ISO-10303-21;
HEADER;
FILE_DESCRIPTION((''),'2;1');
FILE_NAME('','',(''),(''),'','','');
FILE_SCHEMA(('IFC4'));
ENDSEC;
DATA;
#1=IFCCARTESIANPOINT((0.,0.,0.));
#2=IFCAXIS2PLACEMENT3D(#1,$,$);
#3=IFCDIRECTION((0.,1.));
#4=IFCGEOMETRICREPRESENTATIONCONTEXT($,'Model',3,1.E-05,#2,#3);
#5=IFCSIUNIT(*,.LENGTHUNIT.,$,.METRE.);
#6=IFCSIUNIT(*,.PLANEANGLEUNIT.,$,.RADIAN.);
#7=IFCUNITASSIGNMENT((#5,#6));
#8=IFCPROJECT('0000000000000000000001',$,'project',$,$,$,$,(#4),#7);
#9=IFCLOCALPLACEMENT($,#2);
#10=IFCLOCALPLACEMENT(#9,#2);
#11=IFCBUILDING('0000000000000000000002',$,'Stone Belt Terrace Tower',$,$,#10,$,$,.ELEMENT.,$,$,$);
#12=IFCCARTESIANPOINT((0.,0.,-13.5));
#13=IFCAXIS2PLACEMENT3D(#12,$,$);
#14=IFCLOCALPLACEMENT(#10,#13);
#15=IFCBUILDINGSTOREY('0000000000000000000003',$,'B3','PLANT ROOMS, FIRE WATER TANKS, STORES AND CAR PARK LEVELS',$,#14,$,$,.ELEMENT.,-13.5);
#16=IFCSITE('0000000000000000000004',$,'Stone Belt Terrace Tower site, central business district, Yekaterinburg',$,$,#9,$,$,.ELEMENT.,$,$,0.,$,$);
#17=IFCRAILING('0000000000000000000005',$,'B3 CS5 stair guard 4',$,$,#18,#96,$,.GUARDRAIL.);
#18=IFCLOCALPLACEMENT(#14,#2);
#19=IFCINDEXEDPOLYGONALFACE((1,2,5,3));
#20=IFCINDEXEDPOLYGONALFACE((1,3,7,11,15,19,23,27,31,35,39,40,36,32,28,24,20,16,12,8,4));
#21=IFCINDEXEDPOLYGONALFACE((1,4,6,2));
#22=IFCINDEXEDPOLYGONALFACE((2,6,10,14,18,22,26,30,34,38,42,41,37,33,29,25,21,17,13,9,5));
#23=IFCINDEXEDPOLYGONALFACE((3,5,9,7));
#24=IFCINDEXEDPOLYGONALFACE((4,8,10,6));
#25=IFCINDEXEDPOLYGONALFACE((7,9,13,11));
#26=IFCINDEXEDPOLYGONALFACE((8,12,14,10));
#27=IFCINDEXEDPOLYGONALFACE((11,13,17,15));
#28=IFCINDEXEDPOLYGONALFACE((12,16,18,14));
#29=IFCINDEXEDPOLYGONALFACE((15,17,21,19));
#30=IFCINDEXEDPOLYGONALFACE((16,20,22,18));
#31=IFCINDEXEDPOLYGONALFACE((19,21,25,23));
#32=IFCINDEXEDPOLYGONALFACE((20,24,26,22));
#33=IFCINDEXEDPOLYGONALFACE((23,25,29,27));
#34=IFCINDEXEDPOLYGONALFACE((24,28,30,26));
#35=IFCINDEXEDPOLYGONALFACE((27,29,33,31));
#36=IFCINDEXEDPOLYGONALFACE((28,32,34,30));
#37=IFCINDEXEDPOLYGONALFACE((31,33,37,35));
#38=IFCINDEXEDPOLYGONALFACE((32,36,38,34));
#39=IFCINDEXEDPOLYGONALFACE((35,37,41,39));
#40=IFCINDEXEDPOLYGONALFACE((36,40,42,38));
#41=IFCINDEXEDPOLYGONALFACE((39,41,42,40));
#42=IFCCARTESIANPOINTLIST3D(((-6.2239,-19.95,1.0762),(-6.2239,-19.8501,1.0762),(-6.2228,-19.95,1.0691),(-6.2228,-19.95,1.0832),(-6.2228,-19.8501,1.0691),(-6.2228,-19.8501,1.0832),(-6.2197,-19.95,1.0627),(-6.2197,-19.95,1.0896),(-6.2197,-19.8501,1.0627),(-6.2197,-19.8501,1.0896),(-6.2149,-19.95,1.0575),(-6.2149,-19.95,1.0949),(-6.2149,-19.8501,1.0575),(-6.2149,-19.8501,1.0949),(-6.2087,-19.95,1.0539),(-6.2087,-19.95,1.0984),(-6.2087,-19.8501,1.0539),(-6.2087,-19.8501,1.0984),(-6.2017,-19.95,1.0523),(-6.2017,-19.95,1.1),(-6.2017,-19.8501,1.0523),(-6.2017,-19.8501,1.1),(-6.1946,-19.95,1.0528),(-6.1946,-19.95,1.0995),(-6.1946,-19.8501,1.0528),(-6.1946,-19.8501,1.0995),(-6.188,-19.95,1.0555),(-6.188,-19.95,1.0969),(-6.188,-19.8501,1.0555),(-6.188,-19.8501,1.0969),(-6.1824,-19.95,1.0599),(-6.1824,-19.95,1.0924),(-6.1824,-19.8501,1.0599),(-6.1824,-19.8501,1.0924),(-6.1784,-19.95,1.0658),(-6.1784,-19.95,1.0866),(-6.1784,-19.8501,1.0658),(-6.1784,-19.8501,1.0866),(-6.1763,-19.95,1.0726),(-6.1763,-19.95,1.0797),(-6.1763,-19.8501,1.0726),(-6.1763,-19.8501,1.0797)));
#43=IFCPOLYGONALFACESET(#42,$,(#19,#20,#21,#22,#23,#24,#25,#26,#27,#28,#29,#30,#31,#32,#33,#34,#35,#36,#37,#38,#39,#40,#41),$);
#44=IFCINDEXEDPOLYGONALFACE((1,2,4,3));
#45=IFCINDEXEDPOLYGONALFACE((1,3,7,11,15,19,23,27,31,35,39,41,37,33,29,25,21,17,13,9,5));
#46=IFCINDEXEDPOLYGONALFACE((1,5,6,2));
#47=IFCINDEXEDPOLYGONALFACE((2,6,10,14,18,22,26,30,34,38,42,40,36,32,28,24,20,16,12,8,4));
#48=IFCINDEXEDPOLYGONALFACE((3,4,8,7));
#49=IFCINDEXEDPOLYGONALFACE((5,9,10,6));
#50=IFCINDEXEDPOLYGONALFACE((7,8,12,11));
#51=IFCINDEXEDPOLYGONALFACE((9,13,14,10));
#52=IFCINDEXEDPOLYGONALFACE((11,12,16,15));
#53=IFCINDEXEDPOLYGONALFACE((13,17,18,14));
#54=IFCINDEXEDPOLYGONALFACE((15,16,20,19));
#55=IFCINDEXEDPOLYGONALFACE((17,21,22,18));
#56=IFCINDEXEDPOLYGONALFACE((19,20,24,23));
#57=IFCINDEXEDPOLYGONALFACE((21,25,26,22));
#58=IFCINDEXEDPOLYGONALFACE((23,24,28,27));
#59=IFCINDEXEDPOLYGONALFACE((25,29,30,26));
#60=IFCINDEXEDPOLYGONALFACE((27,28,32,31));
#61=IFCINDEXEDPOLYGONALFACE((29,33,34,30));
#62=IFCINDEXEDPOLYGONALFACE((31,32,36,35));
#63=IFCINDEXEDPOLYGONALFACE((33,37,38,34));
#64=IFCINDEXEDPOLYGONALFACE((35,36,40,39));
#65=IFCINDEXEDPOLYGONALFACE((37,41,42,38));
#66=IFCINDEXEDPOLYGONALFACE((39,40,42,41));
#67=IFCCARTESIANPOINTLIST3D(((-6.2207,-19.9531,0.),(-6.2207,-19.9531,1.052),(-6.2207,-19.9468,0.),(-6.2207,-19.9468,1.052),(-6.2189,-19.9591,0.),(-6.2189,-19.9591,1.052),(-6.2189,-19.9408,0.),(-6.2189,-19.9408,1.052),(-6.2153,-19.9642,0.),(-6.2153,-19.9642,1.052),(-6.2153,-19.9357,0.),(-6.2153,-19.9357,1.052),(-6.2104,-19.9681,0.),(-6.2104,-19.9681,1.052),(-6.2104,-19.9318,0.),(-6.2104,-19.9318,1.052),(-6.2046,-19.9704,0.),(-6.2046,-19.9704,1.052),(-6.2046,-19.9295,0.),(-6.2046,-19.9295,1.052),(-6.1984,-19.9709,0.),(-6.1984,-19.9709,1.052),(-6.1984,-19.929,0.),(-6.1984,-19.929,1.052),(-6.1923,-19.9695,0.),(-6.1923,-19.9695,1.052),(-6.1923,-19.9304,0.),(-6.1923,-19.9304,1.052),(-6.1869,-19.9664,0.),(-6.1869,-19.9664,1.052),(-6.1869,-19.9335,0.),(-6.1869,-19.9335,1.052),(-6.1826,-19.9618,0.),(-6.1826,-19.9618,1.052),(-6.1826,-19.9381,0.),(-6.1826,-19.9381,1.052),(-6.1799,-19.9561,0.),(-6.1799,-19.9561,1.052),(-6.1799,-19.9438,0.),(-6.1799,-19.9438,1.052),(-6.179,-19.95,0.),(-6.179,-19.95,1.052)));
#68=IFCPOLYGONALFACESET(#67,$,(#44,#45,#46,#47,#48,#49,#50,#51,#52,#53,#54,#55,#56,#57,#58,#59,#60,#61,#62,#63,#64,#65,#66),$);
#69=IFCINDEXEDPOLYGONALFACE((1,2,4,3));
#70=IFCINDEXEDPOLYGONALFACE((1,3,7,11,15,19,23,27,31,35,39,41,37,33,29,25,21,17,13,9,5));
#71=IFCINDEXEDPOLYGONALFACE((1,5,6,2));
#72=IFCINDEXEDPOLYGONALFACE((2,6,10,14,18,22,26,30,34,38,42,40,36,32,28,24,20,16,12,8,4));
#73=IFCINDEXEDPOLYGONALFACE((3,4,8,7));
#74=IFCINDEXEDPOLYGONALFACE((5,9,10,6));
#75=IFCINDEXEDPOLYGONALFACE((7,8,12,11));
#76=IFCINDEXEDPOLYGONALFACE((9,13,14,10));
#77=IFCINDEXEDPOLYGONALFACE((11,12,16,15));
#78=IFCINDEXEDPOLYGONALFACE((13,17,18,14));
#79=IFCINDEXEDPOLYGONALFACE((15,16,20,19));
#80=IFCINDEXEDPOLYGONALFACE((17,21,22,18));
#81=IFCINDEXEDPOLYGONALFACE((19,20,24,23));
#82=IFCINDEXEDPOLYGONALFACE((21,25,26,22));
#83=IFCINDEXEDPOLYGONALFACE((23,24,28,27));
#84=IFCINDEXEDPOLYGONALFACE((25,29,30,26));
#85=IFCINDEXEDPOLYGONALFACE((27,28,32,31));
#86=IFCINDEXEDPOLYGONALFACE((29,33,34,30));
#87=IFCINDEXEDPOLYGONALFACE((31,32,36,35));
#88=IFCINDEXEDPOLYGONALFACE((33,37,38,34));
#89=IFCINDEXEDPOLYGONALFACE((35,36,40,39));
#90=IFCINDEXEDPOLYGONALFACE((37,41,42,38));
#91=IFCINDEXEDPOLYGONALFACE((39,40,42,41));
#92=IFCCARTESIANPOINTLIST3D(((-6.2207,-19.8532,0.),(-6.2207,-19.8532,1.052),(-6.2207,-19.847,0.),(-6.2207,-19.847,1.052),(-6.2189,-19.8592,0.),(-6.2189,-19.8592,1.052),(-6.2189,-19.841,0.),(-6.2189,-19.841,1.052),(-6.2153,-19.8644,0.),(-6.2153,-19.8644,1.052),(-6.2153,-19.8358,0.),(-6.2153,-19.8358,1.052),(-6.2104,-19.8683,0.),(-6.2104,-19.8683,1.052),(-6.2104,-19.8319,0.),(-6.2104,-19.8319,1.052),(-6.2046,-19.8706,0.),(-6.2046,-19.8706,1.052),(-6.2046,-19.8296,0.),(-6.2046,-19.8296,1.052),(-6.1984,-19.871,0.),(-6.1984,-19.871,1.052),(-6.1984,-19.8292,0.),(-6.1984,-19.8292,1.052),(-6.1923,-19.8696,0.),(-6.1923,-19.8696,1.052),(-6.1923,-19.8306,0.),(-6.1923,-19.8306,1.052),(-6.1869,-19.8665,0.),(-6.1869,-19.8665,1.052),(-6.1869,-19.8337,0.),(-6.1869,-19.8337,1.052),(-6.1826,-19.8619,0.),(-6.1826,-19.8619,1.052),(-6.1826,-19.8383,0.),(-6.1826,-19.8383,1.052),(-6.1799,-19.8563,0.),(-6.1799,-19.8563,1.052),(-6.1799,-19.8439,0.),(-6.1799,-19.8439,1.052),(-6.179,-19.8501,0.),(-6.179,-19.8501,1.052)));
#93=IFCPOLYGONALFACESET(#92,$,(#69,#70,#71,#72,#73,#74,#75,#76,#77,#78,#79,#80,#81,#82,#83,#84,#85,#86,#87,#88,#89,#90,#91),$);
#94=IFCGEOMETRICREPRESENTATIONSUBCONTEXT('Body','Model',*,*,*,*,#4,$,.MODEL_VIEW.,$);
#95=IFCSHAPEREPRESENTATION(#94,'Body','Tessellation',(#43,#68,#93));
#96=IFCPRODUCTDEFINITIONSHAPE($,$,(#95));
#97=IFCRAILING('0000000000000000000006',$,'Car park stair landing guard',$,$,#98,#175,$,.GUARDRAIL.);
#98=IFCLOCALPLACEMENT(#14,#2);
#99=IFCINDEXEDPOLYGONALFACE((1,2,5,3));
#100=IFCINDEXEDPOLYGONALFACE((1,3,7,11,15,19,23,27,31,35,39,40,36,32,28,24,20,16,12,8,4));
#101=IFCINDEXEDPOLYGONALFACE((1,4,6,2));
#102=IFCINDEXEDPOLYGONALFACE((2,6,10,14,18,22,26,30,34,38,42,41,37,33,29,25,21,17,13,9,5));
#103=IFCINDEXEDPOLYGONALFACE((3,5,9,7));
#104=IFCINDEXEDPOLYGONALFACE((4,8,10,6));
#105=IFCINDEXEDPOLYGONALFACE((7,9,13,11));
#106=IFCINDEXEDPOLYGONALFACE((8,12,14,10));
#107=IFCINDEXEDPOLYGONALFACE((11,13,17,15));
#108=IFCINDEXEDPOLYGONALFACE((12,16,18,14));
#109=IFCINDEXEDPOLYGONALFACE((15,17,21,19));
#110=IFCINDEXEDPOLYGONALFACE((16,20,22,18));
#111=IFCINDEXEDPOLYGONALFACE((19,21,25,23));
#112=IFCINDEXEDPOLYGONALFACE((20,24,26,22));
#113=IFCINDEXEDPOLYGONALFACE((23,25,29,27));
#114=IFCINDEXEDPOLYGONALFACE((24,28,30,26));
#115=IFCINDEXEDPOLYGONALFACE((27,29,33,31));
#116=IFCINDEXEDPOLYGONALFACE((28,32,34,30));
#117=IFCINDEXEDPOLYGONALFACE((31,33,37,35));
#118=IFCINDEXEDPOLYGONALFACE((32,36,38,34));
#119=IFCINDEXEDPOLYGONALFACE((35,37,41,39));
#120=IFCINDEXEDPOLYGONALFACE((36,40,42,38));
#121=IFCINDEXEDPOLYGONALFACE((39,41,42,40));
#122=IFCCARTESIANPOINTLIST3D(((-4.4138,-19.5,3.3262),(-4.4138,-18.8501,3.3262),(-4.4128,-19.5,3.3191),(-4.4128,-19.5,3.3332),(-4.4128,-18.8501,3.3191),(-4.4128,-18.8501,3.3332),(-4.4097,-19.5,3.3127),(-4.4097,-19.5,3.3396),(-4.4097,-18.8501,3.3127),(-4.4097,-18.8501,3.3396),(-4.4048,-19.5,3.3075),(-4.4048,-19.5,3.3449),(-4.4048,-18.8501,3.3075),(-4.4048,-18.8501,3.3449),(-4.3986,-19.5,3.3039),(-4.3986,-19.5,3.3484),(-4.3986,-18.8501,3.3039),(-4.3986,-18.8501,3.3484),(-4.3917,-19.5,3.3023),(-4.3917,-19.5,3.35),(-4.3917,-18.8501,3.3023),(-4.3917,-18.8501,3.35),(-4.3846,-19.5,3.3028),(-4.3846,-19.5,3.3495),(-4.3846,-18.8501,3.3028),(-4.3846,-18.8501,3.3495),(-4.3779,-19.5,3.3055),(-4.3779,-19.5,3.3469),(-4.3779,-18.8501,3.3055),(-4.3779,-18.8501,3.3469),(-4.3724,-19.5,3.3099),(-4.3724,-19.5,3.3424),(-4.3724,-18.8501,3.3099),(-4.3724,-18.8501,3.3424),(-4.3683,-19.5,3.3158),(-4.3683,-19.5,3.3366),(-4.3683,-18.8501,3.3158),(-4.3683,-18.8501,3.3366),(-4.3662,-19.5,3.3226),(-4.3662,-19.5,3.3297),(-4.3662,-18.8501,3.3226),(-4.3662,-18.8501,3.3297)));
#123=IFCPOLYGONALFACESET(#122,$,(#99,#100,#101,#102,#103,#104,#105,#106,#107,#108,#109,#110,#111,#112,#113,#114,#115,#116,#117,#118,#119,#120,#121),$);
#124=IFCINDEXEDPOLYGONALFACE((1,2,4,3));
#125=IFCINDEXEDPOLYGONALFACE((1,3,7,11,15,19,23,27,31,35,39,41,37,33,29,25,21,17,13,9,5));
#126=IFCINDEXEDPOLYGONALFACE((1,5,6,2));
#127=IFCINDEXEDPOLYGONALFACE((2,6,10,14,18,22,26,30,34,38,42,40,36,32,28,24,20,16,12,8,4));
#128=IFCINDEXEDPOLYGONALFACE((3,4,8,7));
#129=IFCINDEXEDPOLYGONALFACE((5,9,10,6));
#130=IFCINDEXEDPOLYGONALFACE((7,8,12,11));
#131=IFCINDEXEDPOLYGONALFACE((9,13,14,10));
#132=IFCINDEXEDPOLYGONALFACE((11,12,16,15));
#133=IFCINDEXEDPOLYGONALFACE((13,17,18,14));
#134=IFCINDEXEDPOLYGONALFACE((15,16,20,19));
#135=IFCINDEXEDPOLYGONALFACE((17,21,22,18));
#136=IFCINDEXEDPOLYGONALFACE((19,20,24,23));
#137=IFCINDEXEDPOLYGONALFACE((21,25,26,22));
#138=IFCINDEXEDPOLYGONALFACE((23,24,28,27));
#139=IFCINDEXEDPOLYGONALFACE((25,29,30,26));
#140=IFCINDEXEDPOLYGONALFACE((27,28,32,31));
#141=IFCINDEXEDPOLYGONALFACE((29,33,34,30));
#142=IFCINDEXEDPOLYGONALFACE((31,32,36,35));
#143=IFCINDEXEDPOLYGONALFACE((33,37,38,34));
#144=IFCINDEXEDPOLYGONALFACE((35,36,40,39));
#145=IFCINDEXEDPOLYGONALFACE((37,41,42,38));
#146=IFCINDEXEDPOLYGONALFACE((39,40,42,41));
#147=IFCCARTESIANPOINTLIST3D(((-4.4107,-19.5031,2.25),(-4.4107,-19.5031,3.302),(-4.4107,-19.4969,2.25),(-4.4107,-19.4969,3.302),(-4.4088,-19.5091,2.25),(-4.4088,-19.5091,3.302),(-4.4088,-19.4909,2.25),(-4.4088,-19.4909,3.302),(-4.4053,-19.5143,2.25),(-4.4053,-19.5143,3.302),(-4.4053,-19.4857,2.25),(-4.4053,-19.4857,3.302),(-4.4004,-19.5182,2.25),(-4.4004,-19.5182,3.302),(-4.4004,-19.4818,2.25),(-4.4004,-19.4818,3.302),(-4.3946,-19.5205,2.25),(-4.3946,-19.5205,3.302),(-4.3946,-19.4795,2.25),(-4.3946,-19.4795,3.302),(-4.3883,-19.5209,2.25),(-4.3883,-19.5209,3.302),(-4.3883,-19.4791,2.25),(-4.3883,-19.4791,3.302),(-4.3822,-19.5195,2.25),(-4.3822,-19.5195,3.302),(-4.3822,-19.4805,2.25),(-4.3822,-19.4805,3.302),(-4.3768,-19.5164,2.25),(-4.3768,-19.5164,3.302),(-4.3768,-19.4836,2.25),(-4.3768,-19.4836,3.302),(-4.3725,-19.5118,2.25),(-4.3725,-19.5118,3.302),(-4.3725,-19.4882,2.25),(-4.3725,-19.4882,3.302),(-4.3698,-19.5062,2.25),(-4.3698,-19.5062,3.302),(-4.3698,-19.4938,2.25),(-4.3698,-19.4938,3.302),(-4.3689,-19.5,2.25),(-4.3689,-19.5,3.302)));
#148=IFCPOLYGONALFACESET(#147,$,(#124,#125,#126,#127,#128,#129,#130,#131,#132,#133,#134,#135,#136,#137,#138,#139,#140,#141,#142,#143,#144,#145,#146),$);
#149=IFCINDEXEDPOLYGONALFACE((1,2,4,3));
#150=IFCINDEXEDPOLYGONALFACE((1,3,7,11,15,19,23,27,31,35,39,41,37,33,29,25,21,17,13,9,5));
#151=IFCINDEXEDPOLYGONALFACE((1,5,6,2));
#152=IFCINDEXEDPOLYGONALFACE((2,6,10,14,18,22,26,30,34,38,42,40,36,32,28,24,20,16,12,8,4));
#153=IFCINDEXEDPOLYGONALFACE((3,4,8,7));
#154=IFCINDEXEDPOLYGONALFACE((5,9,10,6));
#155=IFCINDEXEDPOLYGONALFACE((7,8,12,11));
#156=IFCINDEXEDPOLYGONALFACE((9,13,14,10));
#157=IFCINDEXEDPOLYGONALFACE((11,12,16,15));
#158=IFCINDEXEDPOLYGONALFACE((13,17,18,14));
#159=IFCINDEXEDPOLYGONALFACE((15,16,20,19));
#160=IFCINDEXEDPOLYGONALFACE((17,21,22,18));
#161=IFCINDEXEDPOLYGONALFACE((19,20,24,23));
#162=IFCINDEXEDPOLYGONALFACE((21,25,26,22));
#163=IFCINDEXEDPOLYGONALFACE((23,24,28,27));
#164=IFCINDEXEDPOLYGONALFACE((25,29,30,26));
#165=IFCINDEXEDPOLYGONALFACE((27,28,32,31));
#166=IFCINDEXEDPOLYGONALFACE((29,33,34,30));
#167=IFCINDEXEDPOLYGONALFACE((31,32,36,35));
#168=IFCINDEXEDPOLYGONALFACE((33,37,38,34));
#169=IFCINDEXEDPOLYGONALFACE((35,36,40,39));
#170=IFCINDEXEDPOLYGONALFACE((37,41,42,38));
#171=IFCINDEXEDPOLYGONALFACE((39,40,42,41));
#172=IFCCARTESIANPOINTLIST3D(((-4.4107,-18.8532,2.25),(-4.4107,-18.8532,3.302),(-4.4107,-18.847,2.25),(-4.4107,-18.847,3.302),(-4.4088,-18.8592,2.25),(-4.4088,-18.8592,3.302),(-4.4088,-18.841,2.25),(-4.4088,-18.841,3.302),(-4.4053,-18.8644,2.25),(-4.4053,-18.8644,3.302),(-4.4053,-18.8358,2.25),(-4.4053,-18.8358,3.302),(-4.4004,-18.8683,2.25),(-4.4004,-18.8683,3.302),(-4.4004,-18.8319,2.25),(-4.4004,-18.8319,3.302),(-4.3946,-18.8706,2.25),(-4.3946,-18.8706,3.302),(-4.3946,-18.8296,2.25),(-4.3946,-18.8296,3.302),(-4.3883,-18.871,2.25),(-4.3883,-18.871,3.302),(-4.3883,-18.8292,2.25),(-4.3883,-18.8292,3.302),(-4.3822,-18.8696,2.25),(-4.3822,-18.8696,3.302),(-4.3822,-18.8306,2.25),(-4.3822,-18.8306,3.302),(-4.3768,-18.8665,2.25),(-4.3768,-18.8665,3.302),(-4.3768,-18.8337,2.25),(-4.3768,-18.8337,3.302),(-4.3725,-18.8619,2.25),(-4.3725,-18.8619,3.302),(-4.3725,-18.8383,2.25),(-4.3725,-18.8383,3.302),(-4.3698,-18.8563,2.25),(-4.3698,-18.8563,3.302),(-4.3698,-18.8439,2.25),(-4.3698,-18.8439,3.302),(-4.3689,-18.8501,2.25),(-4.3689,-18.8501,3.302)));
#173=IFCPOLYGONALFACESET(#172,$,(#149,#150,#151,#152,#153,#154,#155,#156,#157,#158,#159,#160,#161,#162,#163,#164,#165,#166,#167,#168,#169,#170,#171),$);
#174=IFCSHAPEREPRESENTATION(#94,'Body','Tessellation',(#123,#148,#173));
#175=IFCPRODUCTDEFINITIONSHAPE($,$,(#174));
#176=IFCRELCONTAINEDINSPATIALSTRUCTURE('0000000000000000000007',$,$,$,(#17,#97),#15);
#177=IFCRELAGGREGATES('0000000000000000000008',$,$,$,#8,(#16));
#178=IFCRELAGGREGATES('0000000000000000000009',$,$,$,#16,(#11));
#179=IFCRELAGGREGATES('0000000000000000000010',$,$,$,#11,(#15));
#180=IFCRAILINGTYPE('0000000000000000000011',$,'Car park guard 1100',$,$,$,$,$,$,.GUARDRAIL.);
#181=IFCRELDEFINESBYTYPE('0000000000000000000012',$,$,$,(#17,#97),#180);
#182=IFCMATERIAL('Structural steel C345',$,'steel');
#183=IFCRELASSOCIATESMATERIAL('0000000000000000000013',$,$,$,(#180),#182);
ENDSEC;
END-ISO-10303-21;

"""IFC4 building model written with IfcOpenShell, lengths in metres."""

from ifc_helpers import new_model, si_unit, direction, frame, origin, origin_2d, place, context, subcontext, project, spatial, circle, extrude, material, type_object, element, save


model = new_model("IFC4")

# Units and contexts
model_context = context("Model", 3, precision=1e-05, world=origin(), true_north=direction((0.0, 1.0)))
body_context = subcontext(model_context, "Body", "Model", "MODEL_VIEW")
ifc_project = project(units=[si_unit("LENGTHUNIT", "METRE"), si_unit("PLANEANGLEUNIT", "RADIAN")], contexts=[model_context])

# Site, building, storey
site_placement = place(None, origin())
site = spatial("IfcSite", under=ifc_project, at=site_placement, Name="Stone Belt Terrace Tower site, central business district, Yekaterinburg", CompositionType="ELEMENT", RefElevation=0.0)
building_placement = place(site_placement, origin())
building = spatial("IfcBuilding", under=site, at=building_placement, Name="Stone Belt Terrace Tower", CompositionType="ELEMENT")
storey_placement = place(building_placement, frame((0.0, 0.0, -13.5)))
storey = spatial("IfcBuildingStorey", under=building, at=storey_placement, Name="B3", Description="PLANT ROOMS, FIRE WATER TANKS, STORES AND CAR PARK LEVELS", CompositionType="ELEMENT", Elevation=-13.5)

# Railings
ifc_material_1 = material(Name="Structural steel C345", Category="steel")
railing_type_1 = type_object("IfcRailingType", Name="Car park guard 1100", PredefinedType="GUARDRAIL", material=ifc_material_1)
railing_1_placement = place(storey_placement, frame((-6.2, -19.95, 0.0)))
element("IfcRailing", 1, at=railing_1_placement, inside=storey, type_object=railing_type_1, Name="B3 CS5 stair guard 4", PredefinedType="GUARDRAIL", context=body_context, shape_type="SweptSolid", body=[
    extrude(circle(Radius=0.0239, at=origin_2d()), frame((0.0, 0.0, 1.0762), z_axis=(0.0, 1.0, 0.0), x_axis=(-1.0, 0.0, 0.0)), (0.0, 0.0, 1.0), 0.0999),
    extrude(circle(Radius=0.021, at=origin_2d()), origin(), (0.0, 0.0, 1.0), 1.052),
    extrude(circle(Radius=0.021, at=origin_2d()), frame((0.0, 0.0999, 0.0)), (0.0, 0.0, 1.0), 1.052),
])
railing_2_placement = place(storey_placement, frame((-4.3899, -19.5, 2.25)))
element("IfcRailing", 2, at=railing_2_placement, inside=storey, type_object=railing_type_1, Name="Car park stair landing guard", PredefinedType="GUARDRAIL", context=body_context, shape_type="SweptSolid", body=[
    extrude(circle(Radius=0.0239, at=origin_2d()), frame((0.0, 0.0, 1.0762), z_axis=(0.0, 1.0, 0.0), x_axis=(-1.0, 0.0, 0.0)), (0.0, 0.0, 1.0), 0.6499),
    extrude(circle(Radius=0.021, at=origin_2d()), origin(), (0.0, 0.0, 1.0), 1.052),
    extrude(circle(Radius=0.021, at=origin_2d()), frame((0.0, 0.6499, 0.0)), (0.0, 0.0, 1.0), 1.052),
])

save(model, "model.ifc")
